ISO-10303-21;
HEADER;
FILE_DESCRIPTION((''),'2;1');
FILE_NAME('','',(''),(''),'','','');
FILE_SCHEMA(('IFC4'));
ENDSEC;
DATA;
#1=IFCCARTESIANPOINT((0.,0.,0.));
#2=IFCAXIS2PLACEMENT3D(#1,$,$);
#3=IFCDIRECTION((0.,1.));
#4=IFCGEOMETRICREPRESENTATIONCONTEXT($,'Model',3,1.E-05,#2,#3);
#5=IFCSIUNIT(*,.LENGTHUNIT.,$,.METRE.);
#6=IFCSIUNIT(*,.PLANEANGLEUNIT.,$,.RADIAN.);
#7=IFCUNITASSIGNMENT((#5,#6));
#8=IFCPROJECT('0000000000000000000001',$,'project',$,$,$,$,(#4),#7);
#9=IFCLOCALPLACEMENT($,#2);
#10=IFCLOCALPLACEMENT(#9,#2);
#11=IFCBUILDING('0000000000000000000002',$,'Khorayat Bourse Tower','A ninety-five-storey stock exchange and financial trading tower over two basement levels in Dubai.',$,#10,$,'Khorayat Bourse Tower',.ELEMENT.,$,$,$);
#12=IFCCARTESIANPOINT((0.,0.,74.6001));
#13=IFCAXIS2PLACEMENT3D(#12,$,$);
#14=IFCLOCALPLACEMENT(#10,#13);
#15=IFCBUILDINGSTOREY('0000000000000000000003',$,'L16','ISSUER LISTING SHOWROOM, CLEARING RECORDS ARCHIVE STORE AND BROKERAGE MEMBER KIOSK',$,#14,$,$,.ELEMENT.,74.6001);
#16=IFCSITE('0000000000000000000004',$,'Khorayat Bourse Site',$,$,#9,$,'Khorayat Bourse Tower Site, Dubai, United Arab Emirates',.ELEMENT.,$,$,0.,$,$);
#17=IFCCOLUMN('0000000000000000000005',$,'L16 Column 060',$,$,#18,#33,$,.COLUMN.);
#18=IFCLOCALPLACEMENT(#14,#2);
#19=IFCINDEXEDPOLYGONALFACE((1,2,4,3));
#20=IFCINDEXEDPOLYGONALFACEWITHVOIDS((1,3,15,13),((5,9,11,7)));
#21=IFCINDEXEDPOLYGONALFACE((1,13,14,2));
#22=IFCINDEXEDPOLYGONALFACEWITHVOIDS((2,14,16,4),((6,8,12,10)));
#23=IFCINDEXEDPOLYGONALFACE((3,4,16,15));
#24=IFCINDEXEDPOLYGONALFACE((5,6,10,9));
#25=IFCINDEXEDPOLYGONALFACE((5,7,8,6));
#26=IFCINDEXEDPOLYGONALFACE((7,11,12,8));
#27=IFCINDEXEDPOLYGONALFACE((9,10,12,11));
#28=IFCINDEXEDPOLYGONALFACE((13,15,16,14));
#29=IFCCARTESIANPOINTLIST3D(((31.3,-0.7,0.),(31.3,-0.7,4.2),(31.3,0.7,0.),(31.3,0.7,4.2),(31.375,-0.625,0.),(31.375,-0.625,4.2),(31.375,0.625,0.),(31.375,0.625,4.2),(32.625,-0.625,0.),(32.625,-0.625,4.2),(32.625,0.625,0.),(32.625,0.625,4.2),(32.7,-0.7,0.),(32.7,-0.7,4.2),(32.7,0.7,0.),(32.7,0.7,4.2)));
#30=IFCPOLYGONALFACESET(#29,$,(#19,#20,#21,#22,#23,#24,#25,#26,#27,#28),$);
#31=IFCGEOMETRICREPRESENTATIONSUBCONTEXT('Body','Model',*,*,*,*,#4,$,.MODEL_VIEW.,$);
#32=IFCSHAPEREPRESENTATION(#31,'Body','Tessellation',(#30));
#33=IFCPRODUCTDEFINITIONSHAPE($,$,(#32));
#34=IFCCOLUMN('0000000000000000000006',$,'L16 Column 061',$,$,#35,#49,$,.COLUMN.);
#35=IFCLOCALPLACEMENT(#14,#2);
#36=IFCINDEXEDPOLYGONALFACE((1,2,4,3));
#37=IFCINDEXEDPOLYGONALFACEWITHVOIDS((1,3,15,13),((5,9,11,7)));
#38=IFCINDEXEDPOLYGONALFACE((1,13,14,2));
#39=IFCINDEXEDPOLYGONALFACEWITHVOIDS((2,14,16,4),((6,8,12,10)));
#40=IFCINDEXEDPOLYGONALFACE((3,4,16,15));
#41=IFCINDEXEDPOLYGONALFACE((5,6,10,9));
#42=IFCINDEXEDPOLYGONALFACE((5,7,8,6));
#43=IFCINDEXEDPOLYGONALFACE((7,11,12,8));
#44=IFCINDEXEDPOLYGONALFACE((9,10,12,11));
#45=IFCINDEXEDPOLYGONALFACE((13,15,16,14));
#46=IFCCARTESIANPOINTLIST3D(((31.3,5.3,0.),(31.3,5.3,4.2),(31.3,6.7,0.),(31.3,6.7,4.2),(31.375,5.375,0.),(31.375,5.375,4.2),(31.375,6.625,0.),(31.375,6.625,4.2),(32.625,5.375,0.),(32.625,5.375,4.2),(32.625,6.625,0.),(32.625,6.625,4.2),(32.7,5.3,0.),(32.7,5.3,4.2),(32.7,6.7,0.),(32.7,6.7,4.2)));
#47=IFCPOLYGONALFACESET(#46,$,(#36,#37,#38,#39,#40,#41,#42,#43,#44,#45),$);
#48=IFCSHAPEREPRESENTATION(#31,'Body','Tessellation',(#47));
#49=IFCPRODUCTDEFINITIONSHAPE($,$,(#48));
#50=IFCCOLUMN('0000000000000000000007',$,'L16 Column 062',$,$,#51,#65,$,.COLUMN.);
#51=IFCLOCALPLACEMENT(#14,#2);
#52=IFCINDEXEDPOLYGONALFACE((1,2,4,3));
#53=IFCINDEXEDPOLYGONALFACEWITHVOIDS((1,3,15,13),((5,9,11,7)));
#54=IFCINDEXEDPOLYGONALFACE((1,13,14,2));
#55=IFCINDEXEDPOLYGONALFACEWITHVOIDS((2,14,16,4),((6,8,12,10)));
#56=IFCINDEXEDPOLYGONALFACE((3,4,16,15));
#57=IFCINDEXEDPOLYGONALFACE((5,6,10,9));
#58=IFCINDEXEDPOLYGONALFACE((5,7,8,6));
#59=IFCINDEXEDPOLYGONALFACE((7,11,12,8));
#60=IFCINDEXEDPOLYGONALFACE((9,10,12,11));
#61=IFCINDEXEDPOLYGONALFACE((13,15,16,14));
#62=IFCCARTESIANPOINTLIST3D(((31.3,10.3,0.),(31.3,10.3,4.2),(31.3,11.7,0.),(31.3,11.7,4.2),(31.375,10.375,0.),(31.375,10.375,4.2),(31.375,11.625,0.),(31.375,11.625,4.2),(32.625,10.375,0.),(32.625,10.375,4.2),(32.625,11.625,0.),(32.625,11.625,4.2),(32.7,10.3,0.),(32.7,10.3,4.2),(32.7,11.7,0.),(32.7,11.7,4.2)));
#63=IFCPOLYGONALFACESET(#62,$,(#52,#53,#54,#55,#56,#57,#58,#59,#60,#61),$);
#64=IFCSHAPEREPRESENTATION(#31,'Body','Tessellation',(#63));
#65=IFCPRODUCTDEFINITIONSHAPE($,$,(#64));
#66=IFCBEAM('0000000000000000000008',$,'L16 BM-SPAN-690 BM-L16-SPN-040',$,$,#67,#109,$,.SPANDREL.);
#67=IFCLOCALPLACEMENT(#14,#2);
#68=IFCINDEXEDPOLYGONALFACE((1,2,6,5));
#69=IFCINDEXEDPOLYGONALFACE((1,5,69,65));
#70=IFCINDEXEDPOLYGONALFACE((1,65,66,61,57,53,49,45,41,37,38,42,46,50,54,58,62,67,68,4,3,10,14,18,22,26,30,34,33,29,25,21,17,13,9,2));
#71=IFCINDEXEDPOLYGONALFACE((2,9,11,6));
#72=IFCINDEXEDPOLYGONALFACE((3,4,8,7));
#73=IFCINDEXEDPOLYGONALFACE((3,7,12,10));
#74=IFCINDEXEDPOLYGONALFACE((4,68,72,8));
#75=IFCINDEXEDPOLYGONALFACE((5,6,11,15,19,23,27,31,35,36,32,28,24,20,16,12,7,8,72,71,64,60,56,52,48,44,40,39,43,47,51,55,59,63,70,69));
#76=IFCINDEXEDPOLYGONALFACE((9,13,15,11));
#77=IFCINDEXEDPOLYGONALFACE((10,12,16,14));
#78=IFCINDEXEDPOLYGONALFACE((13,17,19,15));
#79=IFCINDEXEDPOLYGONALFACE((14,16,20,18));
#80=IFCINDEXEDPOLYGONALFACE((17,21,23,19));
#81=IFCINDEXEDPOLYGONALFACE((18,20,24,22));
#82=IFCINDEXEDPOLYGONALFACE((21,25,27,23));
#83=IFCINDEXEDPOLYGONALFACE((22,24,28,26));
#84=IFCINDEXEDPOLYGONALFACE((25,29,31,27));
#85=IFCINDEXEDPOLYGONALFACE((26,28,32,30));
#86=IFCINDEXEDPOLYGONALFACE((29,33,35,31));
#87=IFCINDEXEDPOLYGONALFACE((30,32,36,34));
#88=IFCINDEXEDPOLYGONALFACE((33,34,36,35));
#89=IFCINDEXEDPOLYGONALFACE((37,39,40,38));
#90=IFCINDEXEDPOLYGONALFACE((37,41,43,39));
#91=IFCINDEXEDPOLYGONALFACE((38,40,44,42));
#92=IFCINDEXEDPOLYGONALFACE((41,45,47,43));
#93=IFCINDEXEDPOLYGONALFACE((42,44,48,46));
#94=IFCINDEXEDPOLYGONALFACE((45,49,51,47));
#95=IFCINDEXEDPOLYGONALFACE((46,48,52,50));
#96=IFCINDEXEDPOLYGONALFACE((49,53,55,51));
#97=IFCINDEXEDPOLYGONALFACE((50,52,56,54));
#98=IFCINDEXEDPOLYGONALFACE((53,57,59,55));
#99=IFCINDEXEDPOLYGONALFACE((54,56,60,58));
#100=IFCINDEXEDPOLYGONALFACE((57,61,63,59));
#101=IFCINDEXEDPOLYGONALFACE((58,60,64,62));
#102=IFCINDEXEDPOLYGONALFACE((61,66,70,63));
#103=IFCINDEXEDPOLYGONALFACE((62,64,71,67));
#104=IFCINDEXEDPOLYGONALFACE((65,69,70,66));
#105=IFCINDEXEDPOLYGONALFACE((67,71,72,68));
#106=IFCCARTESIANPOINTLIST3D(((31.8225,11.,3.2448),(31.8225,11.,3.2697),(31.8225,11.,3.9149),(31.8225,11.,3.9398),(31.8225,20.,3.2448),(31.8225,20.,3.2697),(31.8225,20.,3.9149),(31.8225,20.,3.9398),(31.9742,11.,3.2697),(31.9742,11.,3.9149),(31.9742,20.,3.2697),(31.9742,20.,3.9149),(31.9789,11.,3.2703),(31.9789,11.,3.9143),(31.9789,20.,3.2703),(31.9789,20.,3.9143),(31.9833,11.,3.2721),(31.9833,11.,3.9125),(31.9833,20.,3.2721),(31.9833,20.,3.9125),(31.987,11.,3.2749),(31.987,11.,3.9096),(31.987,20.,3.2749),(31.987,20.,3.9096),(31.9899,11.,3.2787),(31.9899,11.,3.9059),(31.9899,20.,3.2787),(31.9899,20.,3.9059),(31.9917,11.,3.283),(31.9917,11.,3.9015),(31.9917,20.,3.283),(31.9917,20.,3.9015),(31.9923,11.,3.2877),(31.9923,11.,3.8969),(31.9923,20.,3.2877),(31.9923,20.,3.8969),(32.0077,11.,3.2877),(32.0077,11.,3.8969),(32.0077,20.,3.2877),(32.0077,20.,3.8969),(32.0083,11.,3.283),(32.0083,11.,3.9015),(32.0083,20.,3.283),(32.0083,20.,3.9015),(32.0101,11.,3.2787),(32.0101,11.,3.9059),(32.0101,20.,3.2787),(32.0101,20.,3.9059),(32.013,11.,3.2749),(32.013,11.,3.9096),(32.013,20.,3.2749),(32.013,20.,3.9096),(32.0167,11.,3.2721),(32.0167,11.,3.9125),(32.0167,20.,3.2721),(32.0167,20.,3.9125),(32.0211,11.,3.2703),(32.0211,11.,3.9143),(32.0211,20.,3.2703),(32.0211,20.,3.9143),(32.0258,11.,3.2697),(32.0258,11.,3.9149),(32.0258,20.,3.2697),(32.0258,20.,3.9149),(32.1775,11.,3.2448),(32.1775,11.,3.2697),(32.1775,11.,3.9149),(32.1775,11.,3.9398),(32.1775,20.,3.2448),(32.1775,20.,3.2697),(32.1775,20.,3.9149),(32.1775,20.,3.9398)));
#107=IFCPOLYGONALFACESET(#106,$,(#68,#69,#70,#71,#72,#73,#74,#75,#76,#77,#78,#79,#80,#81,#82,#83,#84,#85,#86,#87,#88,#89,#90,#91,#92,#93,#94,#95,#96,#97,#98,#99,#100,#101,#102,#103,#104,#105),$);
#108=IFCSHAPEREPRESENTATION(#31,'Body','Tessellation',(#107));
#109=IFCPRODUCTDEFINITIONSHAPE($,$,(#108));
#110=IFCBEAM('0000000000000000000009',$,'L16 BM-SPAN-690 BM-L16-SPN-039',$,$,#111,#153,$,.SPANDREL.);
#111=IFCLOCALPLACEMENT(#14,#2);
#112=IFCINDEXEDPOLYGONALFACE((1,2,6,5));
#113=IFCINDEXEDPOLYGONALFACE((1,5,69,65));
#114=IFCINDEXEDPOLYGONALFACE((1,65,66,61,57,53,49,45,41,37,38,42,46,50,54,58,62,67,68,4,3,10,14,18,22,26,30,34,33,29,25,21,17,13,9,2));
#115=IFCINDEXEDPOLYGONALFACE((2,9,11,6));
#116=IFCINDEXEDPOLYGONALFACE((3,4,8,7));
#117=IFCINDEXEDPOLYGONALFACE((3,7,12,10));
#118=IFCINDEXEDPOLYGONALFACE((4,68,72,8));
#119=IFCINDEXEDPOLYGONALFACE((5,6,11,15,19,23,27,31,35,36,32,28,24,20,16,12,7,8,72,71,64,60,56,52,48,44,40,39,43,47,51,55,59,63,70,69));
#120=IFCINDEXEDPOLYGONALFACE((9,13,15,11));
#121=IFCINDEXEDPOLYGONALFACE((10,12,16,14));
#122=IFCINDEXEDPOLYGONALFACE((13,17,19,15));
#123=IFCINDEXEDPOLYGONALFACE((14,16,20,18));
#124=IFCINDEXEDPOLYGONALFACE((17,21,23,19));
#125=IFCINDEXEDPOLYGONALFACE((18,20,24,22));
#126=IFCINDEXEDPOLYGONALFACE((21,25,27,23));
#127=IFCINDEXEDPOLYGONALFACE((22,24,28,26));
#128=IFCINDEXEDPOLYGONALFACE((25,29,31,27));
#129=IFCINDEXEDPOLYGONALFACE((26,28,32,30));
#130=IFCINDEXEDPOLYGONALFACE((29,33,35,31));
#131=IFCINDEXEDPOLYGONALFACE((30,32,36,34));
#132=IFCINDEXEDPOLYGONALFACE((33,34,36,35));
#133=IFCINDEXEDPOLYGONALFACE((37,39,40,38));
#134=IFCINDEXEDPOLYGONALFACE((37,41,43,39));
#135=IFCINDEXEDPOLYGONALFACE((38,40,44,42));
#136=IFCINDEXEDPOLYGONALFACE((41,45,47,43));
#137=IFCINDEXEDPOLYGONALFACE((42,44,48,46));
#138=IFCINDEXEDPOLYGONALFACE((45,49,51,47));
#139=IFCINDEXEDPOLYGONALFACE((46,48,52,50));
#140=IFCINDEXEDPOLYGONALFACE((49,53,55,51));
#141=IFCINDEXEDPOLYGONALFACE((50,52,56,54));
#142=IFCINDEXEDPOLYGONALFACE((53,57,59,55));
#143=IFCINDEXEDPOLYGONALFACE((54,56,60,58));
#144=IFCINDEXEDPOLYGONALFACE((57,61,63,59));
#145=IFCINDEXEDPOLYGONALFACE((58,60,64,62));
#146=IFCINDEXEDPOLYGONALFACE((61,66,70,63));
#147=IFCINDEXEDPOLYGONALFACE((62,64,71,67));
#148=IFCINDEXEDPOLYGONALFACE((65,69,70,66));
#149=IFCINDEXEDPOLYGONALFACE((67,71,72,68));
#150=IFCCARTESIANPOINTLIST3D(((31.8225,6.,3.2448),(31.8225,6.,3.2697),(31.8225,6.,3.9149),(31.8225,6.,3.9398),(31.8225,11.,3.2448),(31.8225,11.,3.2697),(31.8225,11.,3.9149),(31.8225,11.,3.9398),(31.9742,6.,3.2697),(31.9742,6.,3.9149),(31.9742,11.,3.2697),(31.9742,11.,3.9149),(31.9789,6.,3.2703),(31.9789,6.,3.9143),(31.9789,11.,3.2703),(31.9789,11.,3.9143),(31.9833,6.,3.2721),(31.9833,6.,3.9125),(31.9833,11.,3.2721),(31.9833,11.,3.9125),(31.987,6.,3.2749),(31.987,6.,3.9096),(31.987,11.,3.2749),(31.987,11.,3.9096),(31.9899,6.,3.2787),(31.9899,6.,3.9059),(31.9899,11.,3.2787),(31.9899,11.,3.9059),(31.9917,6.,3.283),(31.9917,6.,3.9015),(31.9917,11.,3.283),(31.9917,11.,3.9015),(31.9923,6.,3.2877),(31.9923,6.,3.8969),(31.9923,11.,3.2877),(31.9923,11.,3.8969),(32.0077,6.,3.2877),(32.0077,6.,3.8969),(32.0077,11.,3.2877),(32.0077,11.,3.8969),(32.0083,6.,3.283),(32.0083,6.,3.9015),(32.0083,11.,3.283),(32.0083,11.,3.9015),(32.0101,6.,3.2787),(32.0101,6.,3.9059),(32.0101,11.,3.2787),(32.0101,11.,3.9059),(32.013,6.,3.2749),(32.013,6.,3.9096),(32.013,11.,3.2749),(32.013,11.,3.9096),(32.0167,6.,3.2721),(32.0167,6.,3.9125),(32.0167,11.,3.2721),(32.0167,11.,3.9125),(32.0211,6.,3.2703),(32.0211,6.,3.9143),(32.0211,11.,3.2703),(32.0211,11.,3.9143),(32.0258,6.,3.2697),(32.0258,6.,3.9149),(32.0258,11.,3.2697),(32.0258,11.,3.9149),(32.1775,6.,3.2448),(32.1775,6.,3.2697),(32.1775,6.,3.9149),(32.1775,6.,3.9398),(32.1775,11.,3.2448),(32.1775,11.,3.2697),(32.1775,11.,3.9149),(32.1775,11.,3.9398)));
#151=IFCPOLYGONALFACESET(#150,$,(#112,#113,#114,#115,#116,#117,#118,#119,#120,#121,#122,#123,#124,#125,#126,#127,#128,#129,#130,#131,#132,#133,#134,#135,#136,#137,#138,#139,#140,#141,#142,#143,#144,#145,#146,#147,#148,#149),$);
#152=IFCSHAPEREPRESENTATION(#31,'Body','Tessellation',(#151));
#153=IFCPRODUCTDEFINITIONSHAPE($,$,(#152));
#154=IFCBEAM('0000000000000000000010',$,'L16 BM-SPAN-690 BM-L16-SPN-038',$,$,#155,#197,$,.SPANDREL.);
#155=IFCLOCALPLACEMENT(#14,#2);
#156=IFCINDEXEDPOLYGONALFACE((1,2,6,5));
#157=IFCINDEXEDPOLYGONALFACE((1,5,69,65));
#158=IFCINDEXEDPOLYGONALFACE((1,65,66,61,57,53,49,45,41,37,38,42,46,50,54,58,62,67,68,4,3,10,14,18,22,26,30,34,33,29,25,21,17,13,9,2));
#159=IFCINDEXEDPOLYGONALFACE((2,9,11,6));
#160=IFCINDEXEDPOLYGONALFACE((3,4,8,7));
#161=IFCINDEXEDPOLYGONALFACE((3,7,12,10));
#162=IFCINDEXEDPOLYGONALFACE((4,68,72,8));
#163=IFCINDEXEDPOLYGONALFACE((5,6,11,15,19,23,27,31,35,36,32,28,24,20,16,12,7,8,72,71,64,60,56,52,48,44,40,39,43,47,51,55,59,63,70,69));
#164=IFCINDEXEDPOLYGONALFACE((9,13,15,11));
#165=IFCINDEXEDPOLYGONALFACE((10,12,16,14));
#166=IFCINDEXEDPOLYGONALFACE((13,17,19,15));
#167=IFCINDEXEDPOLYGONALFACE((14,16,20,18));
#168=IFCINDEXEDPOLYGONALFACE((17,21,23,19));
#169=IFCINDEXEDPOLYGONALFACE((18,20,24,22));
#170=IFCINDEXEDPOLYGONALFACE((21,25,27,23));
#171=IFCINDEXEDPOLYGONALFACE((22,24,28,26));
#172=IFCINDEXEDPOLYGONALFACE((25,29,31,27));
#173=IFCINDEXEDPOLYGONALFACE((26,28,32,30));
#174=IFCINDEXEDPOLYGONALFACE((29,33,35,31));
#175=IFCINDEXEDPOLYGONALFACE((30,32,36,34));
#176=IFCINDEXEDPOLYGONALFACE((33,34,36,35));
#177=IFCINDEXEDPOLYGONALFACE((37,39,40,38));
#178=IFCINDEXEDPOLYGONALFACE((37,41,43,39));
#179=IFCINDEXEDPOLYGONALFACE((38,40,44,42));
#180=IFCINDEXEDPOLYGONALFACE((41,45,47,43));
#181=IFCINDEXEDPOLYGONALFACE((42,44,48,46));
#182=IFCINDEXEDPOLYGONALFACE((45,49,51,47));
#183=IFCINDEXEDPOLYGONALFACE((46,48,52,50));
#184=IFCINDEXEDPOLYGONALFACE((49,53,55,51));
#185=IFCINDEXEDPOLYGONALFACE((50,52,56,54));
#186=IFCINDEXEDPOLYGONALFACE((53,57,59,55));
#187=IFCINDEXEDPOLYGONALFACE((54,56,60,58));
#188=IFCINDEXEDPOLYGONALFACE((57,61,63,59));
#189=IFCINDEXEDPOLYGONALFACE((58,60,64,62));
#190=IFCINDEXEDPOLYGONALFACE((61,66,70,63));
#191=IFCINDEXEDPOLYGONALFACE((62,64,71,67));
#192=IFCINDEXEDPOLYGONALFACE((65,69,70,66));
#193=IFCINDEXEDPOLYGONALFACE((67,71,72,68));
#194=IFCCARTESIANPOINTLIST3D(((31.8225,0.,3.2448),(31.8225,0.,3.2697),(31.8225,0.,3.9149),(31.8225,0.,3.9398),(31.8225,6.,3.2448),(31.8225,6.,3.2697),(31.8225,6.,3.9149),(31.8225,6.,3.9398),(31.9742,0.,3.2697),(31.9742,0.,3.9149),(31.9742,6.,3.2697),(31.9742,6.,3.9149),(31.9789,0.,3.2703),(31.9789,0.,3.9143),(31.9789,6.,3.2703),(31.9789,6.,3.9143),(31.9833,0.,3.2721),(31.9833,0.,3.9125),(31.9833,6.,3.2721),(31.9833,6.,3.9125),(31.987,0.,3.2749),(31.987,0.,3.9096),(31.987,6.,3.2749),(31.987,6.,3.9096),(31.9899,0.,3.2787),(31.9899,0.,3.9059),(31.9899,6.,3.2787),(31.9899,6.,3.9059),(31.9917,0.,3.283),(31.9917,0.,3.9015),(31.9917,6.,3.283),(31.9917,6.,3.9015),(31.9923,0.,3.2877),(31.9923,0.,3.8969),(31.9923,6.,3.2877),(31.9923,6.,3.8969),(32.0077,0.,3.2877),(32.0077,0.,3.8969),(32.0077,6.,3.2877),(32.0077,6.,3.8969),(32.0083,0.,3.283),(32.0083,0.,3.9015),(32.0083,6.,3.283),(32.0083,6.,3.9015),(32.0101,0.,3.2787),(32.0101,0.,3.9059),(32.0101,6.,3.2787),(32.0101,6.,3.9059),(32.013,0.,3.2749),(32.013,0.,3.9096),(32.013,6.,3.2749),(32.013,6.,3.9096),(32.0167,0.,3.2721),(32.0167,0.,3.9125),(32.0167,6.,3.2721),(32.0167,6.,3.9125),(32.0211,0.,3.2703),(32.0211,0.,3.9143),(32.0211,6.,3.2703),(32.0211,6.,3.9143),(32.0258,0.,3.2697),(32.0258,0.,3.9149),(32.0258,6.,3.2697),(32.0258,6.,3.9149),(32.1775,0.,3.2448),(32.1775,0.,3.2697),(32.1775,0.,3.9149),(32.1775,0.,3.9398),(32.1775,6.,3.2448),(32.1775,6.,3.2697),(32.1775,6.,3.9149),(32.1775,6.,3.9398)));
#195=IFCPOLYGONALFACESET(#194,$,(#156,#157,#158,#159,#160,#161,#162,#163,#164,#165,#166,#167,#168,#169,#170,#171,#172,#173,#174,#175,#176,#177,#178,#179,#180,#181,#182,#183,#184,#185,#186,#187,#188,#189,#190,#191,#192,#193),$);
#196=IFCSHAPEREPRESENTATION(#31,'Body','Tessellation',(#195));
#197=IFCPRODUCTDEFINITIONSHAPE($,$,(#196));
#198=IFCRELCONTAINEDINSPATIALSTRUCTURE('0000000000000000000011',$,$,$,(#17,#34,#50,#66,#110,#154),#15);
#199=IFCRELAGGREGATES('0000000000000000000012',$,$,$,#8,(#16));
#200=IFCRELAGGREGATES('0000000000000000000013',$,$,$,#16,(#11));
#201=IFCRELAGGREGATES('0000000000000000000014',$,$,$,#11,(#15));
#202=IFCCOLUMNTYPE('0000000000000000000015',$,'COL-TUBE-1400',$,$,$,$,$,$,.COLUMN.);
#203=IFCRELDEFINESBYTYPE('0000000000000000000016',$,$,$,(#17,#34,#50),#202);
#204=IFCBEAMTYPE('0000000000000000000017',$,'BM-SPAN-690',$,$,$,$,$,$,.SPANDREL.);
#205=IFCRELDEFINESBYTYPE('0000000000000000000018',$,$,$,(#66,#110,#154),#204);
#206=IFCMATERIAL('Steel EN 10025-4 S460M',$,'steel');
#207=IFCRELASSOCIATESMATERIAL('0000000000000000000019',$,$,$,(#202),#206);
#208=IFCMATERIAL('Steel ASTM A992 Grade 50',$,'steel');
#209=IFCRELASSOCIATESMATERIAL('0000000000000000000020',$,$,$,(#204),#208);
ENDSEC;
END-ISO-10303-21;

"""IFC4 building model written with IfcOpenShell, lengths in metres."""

from ifc_helpers import new_model, si_unit, direction, frame, origin, origin_2d, place, context, subcontext, project, spatial, hollow_rectangle, i_section, extrude, source, transform, mapped, material, material_profile, profile_set, type_object, element, save


model = new_model("IFC4")

# Units and contexts
model_context = context("Model", 3, precision=1e-05, world=origin(), true_north=direction((0.0, 1.0)))
body_context = subcontext(model_context, "Body", "Model", "MODEL_VIEW")
ifc_project = project(units=[si_unit("LENGTHUNIT", "METRE"), si_unit("PLANEANGLEUNIT", "RADIAN")], contexts=[model_context])

# Site, building, storey
site_placement = place(None, origin())
site = spatial("IfcSite", under=ifc_project, at=site_placement, Name="Khorayat Bourse Site", LongName="Khorayat Bourse Tower Site, Dubai, United Arab Emirates", CompositionType="ELEMENT", RefElevation=0.0)
building_placement = place(site_placement, origin())
building = spatial("IfcBuilding", under=site, at=building_placement, Name="Khorayat Bourse Tower", Description="A ninety-five-storey stock exchange and financial trading tower over two basement levels in Dubai.", LongName="Khorayat Bourse Tower", CompositionType="ELEMENT")
storey_placement = place(building_placement, frame((0.0, 0.0, 74.6001)))
storey = spatial("IfcBuildingStorey", under=building, at=storey_placement, Name="L16", Description="ISSUER LISTING SHOWROOM, CLEARING RECORDS ARCHIVE STORE AND BROKERAGE MEMBER KIOSK", CompositionType="ELEMENT", Elevation=74.6001)

# Columns
ifc_material_1 = material(Name="Steel EN 10025-4 S460M", Category="steel")
ifc_material_profile_1 = material_profile(ifc_material_1, hollow_rectangle(XDim=1.3999, YDim=1.3999, WallThickness=0.075, at=origin_2d()), Name="BOX 1400x1400x75")
ifc_profile_set_1 = profile_set([ifc_material_profile_1], Name="Steel EN 10025-4 S460M")
column_type = type_object("IfcColumnType", Name="COL-TUBE-1400", PredefinedType="COLUMN", material=ifc_profile_set_1)
shared_shape_1 = source(origin(), body_context, "Body", "SweptSolid", [
    extrude(hollow_rectangle(XDim=1.3999, YDim=1.3999, WallThickness=0.075, at=origin_2d()), origin(), (0.0, 0.0, 1.0), 4.2),
])
for number, where, z_axis, x_axis, name in (
    (1, (32.0, 0.0, 0.0), (0.0, 0.0, 1.0), (1.0, 0.0, 0.0), "L16 Column 060"),
    (2, (32.0, 6.0, 0.0), (0.0, 0.0, 1.0), (1.0, 0.0, 0.0), "L16 Column 061"),
    (3, (32.0, 11.0, 0.0), (0.0, 0.0, 1.0), (1.0, 0.0, 0.0), "L16 Column 062"),
):
    element("IfcColumn", number, at=place(storey_placement, frame(where, z_axis=z_axis, x_axis=x_axis)), inside=storey, type_object=column_type, Name=name, PredefinedType="COLUMN", context=body_context, shape_type="MappedRepresentation", body=[
        mapped(shared_shape_1, transform((0.0, 0.0, 0.0), scale=1.0)),
    ])

# Beams
ifc_material_2 = material(Name="Steel ASTM A992 Grade 50", Category="steel")
ifc_material_profile_2 = material_profile(ifc_material_2, i_section(OverallWidth=0.355, OverallDepth=0.6951, WebThickness=0.0154, FlangeThickness=0.0249, FilletRadius=0.0181, at=origin_2d()), Name="W690X217")
ifc_profile_set_2 = profile_set([ifc_material_profile_2], Name="Steel ASTM A992 Grade 50")
beam_type_1 = type_object("IfcBeamType", Name="BM-SPAN-690", PredefinedType="SPANDREL", material=ifc_profile_set_2)
shared_shape_2 = source(origin(), body_context, "Body", "SweptSolid", [
    extrude(i_section(OverallWidth=0.355, OverallDepth=0.6951, WebThickness=0.0154, FlangeThickness=0.0249, FilletRadius=0.0181, at=origin_2d()), origin(), (0.0, 0.0, 1.0), 9.0),
])
beam_1_placement = place(storey_placement, frame((32.0, 11.0, 3.5923), z_axis=(0.0, 1.0, 0.0), x_axis=(-1.0, 0.0, 0.0)))
element("IfcBeam", 4, at=beam_1_placement, inside=storey, type_object=beam_type_1, Name="L16 BM-SPAN-690 BM-L16-SPN-040", PredefinedType="SPANDREL", context=body_context, shape_type="MappedRepresentation", body=[
    mapped(shared_shape_2, transform((0.0, 0.0, 0.0), scale=1.0)),
])
shared_shape_3 = source(origin(), body_context, "Body", "SweptSolid", [
    extrude(i_section(OverallWidth=0.355, OverallDepth=0.6951, WebThickness=0.0154, FlangeThickness=0.0249, FilletRadius=0.0181, at=origin_2d()), origin(), (0.0, 0.0, 1.0), 5.0),
])
beam_2_placement = place(storey_placement, frame((32.0, 6.0, 3.5923), z_axis=(0.0, 1.0, 0.0), x_axis=(-1.0, 0.0, 0.0)))
element("IfcBeam", 5, at=beam_2_placement, inside=storey, type_object=beam_type_1, Name="L16 BM-SPAN-690 BM-L16-SPN-039", PredefinedType="SPANDREL", context=body_context, shape_type="MappedRepresentation", body=[
    mapped(shared_shape_3, transform((0.0, 0.0, 0.0), scale=1.0)),
])
shared_shape_4 = source(origin(), body_context, "Body", "SweptSolid", [
    extrude(i_section(OverallWidth=0.355, OverallDepth=0.6951, WebThickness=0.0154, FlangeThickness=0.0249, FilletRadius=0.0181, at=origin_2d()), origin(), (0.0, 0.0, 1.0), 6.0),
])
beam_3_placement = place(storey_placement, frame((32.0, 0.0, 3.5923), z_axis=(0.0, 1.0, 0.0), x_axis=(-1.0, 0.0, 0.0)))
element("IfcBeam", 6, at=beam_3_placement, inside=storey, type_object=beam_type_1, Name="L16 BM-SPAN-690 BM-L16-SPN-038", PredefinedType="SPANDREL", context=body_context, shape_type="MappedRepresentation", body=[
    mapped(shared_shape_4, transform((0.0, 0.0, 0.0), scale=1.0)),
])

save(model, "model.ifc")
